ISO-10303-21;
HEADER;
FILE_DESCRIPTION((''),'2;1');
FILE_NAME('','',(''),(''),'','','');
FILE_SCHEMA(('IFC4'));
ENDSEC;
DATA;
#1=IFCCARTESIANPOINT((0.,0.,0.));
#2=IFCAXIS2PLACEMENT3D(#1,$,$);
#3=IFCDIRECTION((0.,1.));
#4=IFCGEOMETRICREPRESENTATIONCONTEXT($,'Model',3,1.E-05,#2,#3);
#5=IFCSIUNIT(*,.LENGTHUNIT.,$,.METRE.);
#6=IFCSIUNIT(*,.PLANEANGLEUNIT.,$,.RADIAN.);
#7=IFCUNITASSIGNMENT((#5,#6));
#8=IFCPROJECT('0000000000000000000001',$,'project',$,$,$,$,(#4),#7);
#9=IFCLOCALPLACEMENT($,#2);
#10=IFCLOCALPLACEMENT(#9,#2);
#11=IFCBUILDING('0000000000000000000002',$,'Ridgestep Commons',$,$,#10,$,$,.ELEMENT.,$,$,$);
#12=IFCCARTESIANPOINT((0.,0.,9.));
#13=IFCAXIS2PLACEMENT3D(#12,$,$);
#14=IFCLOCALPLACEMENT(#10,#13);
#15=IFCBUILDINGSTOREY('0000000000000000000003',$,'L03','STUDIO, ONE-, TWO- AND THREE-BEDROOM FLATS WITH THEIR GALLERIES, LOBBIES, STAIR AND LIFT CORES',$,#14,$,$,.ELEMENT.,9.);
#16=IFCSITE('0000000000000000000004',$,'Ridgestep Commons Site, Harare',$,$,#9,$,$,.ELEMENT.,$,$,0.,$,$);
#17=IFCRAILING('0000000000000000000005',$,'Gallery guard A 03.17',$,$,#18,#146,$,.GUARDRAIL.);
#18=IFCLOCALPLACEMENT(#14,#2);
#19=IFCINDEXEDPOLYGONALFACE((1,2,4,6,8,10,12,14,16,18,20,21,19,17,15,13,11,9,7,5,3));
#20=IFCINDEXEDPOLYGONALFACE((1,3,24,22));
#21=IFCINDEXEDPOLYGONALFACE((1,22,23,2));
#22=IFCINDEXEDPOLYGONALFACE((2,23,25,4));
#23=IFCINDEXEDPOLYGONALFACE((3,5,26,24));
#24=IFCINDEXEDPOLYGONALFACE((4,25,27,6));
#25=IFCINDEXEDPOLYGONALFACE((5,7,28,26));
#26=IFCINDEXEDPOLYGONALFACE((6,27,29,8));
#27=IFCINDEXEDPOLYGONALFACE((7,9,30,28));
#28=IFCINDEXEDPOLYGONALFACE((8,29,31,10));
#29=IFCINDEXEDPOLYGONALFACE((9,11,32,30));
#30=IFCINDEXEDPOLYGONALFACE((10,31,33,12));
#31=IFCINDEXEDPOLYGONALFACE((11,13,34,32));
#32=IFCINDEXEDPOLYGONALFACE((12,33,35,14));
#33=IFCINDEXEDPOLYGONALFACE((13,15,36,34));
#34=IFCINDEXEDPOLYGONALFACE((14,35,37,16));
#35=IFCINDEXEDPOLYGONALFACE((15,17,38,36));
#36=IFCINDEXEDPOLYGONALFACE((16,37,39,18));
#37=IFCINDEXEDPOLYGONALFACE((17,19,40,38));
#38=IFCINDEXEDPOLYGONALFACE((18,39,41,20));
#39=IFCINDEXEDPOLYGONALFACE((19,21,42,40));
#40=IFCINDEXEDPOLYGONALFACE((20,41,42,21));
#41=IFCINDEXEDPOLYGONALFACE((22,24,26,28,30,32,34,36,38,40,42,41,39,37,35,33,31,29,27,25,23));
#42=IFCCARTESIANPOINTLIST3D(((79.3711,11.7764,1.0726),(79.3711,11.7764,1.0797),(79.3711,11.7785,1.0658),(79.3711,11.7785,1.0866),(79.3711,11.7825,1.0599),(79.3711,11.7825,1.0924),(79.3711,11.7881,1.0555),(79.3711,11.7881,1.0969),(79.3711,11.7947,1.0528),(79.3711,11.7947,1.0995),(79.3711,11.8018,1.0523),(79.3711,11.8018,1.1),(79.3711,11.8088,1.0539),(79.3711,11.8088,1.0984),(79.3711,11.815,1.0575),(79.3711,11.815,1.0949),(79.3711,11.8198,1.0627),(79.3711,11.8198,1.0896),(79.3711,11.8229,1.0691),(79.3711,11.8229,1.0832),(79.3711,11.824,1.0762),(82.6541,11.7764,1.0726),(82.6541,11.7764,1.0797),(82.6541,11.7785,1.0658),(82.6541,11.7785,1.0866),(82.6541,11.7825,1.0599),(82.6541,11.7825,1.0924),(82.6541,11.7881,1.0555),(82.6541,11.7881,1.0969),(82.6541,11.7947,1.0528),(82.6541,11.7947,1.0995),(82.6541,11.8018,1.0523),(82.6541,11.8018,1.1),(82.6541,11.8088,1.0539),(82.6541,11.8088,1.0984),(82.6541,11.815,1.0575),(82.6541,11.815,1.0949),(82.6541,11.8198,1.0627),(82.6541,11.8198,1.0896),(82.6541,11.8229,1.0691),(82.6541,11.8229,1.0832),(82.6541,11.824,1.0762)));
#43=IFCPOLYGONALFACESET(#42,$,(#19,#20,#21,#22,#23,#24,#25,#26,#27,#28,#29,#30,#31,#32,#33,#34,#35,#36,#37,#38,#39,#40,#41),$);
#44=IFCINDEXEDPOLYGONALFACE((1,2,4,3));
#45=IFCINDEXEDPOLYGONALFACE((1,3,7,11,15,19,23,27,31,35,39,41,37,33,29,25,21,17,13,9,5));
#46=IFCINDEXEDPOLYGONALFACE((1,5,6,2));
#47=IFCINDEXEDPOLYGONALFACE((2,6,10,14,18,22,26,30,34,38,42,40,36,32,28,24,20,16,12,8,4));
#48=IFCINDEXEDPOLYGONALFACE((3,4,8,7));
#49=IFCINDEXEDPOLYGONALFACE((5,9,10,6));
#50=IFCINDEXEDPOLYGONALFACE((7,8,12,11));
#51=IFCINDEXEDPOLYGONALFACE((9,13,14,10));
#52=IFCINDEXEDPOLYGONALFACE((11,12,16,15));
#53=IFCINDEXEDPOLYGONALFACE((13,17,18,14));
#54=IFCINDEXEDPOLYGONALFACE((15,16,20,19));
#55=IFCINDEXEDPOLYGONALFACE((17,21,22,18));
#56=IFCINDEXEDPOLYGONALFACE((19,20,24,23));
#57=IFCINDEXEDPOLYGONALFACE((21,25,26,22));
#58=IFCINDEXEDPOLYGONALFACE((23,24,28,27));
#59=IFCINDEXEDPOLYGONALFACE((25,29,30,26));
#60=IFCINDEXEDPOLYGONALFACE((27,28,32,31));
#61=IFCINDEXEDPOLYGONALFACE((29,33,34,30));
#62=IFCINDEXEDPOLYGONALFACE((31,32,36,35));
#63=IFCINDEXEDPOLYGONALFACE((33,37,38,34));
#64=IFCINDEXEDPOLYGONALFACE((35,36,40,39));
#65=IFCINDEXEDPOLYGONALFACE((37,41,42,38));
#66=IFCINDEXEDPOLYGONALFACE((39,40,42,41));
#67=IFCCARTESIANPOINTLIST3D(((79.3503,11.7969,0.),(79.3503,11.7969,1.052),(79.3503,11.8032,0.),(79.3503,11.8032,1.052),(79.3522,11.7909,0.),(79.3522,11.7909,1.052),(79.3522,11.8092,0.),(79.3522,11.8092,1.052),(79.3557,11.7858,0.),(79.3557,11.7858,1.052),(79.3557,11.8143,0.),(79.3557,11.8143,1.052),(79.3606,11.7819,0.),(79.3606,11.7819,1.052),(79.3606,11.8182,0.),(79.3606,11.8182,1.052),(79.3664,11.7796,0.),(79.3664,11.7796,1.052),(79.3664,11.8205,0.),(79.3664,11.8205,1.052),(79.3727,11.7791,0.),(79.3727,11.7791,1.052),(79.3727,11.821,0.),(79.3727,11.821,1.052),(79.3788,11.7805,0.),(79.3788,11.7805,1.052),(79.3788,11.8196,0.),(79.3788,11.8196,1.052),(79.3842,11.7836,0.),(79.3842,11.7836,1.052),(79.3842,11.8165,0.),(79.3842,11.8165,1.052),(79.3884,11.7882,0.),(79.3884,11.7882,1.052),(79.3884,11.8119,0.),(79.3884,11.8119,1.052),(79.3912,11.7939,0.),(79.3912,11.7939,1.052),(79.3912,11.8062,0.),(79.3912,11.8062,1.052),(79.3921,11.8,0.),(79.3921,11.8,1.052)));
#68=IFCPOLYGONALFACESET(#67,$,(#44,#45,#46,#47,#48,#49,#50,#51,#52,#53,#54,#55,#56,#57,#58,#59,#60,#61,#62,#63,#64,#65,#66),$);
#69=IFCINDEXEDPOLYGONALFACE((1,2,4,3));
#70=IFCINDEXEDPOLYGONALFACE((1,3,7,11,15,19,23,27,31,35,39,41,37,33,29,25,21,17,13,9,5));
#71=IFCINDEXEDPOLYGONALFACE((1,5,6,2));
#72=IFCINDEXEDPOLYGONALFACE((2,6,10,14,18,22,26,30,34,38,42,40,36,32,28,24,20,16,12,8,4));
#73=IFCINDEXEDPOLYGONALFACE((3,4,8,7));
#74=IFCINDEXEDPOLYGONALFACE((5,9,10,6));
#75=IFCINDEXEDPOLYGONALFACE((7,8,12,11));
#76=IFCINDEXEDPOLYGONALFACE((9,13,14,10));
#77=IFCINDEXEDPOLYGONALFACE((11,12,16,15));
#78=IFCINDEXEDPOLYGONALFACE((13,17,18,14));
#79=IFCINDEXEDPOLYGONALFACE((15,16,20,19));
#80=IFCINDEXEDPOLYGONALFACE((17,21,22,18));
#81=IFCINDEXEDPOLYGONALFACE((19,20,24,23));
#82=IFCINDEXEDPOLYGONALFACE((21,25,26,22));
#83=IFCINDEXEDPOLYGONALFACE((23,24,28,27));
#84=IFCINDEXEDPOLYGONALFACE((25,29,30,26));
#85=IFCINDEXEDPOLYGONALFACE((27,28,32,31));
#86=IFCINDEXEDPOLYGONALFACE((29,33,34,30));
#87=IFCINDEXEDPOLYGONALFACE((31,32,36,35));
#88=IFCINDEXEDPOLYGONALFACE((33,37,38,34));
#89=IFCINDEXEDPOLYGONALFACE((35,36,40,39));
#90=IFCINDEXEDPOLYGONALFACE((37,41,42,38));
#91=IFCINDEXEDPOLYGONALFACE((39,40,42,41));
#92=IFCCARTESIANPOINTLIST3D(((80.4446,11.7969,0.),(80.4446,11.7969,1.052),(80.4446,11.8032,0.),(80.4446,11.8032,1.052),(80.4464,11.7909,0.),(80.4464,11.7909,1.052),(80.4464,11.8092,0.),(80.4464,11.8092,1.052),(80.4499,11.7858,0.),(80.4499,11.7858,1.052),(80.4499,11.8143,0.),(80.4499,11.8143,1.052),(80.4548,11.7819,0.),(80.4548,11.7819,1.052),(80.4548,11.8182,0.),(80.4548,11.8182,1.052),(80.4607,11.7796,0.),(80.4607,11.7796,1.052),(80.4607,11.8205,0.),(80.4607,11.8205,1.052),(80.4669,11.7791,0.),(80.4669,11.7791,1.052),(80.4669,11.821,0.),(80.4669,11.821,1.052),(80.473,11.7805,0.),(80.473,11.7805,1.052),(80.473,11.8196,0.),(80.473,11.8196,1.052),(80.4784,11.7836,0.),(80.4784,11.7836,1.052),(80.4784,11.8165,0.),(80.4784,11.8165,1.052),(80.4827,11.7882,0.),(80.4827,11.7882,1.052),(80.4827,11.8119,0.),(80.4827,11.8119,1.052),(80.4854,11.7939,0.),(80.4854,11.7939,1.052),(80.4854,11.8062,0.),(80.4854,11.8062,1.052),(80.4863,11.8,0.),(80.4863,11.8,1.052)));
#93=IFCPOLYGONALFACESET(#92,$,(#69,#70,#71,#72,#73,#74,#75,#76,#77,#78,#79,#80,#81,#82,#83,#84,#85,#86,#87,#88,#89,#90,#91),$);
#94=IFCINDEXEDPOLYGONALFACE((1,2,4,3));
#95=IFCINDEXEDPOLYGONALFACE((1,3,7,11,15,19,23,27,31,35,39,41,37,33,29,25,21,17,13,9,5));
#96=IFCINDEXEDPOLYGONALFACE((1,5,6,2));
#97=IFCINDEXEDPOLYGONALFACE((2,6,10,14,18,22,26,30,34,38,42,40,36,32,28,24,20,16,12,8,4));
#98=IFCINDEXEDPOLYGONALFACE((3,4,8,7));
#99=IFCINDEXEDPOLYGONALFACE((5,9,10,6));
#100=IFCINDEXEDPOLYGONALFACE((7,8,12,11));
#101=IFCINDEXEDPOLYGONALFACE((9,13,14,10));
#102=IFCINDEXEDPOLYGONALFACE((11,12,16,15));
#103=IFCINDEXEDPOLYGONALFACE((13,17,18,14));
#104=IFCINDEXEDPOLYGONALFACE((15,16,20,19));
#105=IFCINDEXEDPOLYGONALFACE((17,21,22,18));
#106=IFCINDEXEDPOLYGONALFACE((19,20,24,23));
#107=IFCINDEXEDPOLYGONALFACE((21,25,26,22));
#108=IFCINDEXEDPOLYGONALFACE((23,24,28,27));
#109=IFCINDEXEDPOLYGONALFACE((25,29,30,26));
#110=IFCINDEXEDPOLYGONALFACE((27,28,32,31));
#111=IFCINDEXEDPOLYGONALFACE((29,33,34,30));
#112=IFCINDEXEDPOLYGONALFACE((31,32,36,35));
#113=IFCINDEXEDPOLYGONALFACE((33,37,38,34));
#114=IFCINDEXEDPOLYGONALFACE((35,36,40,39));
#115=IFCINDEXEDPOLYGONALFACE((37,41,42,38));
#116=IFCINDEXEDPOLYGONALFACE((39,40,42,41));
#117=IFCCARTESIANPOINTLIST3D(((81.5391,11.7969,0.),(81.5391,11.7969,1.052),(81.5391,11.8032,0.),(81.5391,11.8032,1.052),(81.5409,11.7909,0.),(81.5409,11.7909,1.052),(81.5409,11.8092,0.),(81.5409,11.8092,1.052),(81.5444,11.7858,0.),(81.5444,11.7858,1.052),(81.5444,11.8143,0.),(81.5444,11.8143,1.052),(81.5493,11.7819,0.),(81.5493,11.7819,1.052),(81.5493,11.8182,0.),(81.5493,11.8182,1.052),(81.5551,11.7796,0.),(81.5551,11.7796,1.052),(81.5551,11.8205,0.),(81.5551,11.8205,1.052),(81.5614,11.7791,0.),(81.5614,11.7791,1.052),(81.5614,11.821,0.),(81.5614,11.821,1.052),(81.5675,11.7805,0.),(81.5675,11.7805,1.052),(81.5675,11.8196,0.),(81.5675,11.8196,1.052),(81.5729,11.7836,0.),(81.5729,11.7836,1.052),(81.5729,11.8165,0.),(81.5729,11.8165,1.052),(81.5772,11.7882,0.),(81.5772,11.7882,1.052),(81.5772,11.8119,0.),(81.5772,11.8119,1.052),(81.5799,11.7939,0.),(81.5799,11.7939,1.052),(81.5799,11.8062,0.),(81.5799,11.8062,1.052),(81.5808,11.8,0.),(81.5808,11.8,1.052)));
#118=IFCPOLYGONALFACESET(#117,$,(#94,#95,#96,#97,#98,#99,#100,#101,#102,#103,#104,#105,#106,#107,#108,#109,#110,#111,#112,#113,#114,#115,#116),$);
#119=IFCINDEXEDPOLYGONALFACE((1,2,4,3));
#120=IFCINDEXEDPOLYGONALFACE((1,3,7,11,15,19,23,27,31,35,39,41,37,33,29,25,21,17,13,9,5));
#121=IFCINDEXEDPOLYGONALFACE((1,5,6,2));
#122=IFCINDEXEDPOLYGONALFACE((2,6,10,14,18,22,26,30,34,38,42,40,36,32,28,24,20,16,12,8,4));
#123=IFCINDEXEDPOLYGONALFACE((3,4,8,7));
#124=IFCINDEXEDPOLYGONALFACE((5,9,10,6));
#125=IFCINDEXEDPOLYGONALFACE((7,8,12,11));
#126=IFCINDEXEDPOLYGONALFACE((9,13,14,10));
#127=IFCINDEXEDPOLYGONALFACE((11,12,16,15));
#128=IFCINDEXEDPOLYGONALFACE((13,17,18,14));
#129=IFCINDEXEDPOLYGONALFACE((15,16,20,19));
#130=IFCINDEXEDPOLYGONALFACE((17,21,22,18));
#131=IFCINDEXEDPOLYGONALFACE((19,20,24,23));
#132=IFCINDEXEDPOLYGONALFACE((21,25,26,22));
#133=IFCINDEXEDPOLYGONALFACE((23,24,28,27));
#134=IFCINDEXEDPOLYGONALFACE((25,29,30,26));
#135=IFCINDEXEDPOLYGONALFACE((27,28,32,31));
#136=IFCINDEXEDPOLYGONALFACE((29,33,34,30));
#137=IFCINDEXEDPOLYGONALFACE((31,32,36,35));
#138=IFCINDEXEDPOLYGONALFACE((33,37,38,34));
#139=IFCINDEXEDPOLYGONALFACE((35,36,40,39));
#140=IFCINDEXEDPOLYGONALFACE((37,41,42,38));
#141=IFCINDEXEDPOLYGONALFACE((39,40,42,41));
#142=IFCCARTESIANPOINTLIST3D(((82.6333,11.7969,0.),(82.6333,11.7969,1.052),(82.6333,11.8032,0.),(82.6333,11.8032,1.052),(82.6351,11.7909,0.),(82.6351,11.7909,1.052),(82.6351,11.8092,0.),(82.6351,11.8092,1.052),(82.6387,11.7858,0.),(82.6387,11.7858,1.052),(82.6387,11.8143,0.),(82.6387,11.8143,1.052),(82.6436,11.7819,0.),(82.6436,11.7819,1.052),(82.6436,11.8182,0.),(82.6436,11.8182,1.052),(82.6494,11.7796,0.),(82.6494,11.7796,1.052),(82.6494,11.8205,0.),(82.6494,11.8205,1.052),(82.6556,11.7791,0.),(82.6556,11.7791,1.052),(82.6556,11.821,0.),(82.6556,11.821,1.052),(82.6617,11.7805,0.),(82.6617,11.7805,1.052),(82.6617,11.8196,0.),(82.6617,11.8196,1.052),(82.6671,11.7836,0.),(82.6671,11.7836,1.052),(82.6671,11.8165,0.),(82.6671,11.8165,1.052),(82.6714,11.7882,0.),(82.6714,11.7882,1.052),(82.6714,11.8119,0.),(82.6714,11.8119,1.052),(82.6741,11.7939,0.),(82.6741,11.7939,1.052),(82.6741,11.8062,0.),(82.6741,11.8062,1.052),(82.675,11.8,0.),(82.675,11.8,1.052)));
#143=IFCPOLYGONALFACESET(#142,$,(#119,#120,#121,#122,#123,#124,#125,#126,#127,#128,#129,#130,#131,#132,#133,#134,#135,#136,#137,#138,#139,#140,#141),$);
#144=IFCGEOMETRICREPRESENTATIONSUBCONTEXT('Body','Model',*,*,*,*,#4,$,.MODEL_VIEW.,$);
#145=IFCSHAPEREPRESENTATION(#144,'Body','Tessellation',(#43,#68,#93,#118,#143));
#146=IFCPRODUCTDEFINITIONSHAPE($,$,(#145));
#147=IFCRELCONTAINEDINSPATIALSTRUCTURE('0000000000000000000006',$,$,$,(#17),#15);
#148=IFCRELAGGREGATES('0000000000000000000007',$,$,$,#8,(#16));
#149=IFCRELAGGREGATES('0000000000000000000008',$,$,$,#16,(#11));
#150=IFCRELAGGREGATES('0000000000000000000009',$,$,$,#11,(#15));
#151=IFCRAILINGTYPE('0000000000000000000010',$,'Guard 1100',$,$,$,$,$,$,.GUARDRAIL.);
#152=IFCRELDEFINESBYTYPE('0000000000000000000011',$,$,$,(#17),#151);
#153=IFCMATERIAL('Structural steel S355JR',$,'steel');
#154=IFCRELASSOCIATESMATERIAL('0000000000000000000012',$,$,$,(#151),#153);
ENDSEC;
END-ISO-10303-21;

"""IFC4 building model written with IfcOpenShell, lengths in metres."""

from ifc_helpers import new_model, si_unit, direction, frame, origin, origin_2d, place, context, subcontext, project, spatial, circle, extrude, material, type_object, element, save


model = new_model("IFC4")

# Units and contexts
model_context = context("Model", 3, precision=1e-05, world=origin(), true_north=direction((0.0, 1.0)))
body_context = subcontext(model_context, "Body", "Model", "MODEL_VIEW")
ifc_project = project(units=[si_unit("LENGTHUNIT", "METRE"), si_unit("PLANEANGLEUNIT", "RADIAN")], contexts=[model_context])

# Site, building, storey
site_placement = place(None, origin())
site = spatial("IfcSite", under=ifc_project, at=site_placement, Name="Ridgestep Commons Site, Harare", CompositionType="ELEMENT", RefElevation=0.0)
building_placement = place(site_placement, origin())
building = spatial("IfcBuilding", under=site, at=building_placement, Name="Ridgestep Commons", CompositionType="ELEMENT")
storey_placement = place(building_placement, frame((0.0, 0.0, 9.0)))
storey = spatial("IfcBuildingStorey", under=building, at=storey_placement, Name="L03", Description="STUDIO, ONE-, TWO- AND THREE-BEDROOM FLATS WITH THEIR GALLERIES, LOBBIES, STAIR AND LIFT CORES", CompositionType="ELEMENT", Elevation=9.0)

# Railing
ifc_material_1 = material(Name="Structural steel S355JR", Category="steel")
railing_type = type_object("IfcRailingType", Name="Guard 1100", PredefinedType="GUARDRAIL", material=ifc_material_1)
railing_1_placement = place(storey_placement, frame((79.3711, 11.8, 0.0)))
element("IfcRailing", 1, at=railing_1_placement, inside=storey, type_object=railing_type, Name="Gallery guard A 03.17", PredefinedType="GUARDRAIL", context=body_context, shape_type="SweptSolid", body=[
    extrude(circle(Radius=0.0239, at=origin_2d()), frame((0.0, 0.0, 1.0762), z_axis=(1.0, 0.0, 0.0), x_axis=(0.0, 1.0, 0.0)), (0.0, 0.0, 1.0), 3.283),
    extrude(circle(Radius=0.021, at=origin_2d()), origin(), (0.0, 0.0, 1.0), 1.052),
    extrude(circle(Radius=0.021, at=origin_2d()), frame((1.0942, 0.0, 0.0)), (0.0, 0.0, 1.0), 1.052),
    extrude(circle(Radius=0.021, at=origin_2d()), frame((2.1887, 0.0, 0.0)), (0.0, 0.0, 1.0), 1.052),
    extrude(circle(Radius=0.021, at=origin_2d()), frame((3.283, 0.0, 0.0)), (0.0, 0.0, 1.0), 1.052),
])

save(model, "model.ifc")
